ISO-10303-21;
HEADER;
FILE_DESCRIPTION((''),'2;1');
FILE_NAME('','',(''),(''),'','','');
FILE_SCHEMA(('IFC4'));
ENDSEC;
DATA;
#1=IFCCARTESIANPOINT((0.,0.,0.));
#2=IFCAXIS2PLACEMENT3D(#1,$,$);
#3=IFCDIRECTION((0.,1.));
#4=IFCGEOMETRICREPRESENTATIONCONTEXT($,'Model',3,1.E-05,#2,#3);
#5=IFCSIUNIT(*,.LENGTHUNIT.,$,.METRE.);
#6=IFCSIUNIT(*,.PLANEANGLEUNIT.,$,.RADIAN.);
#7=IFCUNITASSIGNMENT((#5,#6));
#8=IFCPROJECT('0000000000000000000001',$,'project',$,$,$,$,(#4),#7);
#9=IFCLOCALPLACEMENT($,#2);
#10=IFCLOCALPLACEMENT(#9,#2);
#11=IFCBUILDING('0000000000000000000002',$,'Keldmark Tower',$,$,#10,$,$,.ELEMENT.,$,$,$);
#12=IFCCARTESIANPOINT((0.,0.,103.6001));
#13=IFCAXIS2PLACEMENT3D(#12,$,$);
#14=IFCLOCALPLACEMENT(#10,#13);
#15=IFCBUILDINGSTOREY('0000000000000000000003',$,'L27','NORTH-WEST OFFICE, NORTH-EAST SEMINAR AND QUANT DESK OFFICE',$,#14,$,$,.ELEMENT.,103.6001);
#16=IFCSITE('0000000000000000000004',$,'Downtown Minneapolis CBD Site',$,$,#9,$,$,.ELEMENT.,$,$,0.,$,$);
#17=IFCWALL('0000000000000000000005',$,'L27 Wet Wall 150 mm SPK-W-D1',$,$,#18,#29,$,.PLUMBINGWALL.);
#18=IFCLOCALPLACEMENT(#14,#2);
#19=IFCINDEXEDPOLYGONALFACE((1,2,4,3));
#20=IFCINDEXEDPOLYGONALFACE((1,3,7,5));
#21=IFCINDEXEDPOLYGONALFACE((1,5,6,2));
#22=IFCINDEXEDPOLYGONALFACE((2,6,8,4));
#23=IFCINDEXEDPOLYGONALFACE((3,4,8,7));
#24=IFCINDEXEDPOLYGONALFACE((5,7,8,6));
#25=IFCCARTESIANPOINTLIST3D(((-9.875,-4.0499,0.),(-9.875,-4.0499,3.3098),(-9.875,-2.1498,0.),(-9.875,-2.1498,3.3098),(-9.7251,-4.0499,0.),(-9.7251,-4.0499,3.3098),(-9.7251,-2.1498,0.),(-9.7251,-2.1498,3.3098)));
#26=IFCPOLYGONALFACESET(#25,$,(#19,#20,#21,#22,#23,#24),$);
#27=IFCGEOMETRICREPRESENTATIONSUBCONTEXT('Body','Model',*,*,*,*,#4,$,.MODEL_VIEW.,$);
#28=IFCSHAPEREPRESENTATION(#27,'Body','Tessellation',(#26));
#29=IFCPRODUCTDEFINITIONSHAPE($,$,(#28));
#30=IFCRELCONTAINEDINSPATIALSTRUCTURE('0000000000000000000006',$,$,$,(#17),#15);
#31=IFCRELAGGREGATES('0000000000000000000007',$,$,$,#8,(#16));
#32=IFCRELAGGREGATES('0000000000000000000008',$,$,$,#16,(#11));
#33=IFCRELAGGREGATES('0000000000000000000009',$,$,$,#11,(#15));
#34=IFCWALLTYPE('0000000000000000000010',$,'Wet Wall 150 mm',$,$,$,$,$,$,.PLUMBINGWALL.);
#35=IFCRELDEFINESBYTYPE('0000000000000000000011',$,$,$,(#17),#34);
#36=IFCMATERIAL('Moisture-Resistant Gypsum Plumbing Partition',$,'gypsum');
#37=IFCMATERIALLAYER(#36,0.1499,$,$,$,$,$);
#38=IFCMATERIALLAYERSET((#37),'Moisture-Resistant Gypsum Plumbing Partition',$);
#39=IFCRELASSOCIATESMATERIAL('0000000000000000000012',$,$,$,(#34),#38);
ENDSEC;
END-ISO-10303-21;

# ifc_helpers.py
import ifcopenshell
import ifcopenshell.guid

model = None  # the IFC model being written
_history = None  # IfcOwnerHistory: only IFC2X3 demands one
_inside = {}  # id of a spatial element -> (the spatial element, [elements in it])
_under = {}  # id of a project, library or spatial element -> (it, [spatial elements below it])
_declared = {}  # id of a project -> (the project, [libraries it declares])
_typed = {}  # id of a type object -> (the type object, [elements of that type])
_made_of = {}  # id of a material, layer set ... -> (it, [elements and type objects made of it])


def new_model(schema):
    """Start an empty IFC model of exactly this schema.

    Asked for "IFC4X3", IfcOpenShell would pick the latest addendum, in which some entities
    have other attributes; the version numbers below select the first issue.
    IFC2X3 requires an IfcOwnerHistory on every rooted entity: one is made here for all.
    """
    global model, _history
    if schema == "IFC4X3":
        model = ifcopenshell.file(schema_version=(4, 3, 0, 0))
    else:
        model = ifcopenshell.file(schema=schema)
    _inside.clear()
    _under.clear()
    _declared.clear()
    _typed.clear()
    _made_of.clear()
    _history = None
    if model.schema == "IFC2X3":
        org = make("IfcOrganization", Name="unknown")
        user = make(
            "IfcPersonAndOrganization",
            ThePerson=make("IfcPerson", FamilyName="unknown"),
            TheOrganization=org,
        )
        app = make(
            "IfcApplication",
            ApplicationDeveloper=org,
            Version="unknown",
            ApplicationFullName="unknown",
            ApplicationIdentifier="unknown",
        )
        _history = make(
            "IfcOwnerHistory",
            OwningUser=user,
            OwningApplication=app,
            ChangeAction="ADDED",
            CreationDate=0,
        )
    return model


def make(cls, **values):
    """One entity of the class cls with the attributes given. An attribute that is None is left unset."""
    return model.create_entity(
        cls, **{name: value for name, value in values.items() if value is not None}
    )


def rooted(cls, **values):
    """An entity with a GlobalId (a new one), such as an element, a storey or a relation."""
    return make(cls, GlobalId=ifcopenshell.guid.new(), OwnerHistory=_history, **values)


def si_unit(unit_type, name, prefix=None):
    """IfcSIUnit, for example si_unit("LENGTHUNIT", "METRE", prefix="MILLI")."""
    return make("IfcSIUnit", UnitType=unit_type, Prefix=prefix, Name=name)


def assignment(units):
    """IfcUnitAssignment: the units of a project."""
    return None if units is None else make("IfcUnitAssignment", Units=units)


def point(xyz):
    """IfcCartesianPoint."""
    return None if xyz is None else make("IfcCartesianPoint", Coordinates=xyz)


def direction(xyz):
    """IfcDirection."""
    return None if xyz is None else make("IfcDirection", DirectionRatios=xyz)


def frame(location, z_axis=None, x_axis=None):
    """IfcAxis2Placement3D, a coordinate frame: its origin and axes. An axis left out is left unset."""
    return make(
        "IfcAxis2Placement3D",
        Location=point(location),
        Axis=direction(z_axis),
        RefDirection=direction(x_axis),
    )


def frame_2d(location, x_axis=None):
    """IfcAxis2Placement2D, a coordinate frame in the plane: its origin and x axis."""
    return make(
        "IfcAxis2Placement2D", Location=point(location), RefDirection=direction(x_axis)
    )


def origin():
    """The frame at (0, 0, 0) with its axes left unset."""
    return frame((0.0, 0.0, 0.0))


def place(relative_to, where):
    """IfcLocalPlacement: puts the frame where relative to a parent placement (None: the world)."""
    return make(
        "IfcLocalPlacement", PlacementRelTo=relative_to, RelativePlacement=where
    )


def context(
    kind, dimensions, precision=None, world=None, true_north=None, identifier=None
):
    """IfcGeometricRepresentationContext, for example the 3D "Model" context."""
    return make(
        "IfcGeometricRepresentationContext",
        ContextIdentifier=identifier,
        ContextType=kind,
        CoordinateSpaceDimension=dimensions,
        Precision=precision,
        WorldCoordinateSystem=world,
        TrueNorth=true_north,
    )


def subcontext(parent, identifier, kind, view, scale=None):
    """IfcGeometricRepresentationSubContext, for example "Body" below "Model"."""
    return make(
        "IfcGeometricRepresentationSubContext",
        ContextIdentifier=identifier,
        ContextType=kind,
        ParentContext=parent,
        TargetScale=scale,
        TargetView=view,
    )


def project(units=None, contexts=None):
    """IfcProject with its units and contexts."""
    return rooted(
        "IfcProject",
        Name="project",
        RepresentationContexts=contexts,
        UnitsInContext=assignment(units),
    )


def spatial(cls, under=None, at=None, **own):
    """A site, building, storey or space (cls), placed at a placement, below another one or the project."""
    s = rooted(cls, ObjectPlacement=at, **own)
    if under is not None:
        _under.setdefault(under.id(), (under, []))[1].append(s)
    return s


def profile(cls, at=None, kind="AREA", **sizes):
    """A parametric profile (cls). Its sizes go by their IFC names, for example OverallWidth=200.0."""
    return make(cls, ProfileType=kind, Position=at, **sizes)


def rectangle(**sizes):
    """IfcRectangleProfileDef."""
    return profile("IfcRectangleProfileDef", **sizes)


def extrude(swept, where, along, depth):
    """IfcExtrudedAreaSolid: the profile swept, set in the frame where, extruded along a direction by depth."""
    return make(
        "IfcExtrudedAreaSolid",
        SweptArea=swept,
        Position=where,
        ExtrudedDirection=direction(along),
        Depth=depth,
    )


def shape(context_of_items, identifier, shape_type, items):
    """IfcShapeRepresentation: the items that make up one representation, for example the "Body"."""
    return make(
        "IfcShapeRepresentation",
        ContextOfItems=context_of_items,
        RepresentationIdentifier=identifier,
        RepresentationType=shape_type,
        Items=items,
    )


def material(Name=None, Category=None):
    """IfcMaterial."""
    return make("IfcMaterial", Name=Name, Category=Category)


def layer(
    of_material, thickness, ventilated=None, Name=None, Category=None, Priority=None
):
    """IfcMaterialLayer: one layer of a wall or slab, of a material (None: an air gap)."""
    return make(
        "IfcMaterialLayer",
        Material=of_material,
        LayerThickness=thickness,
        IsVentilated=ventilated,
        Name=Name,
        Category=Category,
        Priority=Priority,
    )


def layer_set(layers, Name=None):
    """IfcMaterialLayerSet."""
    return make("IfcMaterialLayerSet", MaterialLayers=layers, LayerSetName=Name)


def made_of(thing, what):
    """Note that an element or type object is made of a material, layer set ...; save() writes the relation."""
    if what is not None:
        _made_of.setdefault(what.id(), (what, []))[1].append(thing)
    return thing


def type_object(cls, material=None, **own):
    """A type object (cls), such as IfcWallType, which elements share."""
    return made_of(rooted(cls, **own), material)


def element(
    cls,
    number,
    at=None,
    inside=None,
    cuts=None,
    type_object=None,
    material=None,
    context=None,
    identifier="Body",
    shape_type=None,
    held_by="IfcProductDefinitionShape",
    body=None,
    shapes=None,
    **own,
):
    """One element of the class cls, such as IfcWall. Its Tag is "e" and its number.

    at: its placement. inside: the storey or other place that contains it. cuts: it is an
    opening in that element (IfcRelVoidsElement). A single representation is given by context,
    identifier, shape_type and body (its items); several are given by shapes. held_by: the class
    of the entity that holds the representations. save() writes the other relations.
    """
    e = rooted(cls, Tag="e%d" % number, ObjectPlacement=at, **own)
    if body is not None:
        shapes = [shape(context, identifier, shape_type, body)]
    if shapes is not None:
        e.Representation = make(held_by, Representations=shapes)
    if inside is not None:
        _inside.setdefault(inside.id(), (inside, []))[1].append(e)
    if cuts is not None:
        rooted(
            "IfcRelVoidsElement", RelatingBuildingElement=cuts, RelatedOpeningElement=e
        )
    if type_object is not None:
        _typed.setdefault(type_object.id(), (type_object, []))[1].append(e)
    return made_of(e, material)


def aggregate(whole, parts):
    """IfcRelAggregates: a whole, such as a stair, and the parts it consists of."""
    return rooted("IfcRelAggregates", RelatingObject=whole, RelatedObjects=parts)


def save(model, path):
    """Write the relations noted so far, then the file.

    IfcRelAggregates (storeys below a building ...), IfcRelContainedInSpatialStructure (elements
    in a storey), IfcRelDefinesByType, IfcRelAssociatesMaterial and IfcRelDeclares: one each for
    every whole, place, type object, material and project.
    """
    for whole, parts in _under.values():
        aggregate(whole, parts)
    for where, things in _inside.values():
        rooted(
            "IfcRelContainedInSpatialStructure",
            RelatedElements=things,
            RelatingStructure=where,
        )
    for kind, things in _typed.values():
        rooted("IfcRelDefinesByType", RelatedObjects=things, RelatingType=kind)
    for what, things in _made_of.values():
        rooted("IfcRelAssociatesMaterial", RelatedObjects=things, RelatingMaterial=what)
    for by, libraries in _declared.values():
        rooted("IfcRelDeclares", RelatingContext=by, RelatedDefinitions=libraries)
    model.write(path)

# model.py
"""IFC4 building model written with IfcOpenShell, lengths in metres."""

from ifc_helpers import new_model, si_unit, direction, frame, frame_2d, origin, place, context, subcontext, project, spatial, rectangle, extrude, material, layer, layer_set, type_object, element, save


model = new_model("IFC4")

# Units and contexts
model_context = context("Model", 3, precision=1e-05, world=origin(), true_north=direction((0.0, 1.0)))
body_context = subcontext(model_context, "Body", "Model", "MODEL_VIEW")
ifc_project = project(units=[si_unit("LENGTHUNIT", "METRE"), si_unit("PLANEANGLEUNIT", "RADIAN")], contexts=[model_context])

# Site, building, storey
site_placement = place(None, origin())
site = spatial("IfcSite", under=ifc_project, at=site_placement, Name="Downtown Minneapolis CBD Site", CompositionType="ELEMENT", RefElevation=0.0)
building_placement = place(site_placement, origin())
building = spatial("IfcBuilding", under=site, at=building_placement, Name="Keldmark Tower", CompositionType="ELEMENT")
storey_placement = place(building_placement, frame((0.0, 0.0, 103.6001)))
storey = spatial("IfcBuildingStorey", under=building, at=storey_placement, Name="L27", Description="NORTH-WEST OFFICE, NORTH-EAST SEMINAR AND QUANT DESK OFFICE", CompositionType="ELEMENT", Elevation=103.6001)

# Wall
ifc_material_1 = material(Name="Moisture-Resistant Gypsum Plumbing Partition", Category="gypsum")
ifc_layer_1 = layer(ifc_material_1, 0.1499)
ifc_layer_set_1 = layer_set([ifc_layer_1], Name="Moisture-Resistant Gypsum Plumbing Partition")
wall_type_1 = type_object("IfcWallType", Name="Wet Wall 150 mm", PredefinedType="PLUMBINGWALL", material=ifc_layer_set_1)
wall_1_placement = place(storey_placement, frame((-9.8, -4.05, 0.0), z_axis=(0.0, 0.0, 1.0), x_axis=(0.0, 1.0, 0.0)))
element("IfcWall", 1, at=wall_1_placement, inside=storey, type_object=wall_type_1, Name="L27 Wet Wall 150 mm SPK-W-D1", PredefinedType="PLUMBINGWALL", context=body_context, shape_type="SweptSolid", body=[
    extrude(rectangle(XDim=1.9001, YDim=0.1499, at=frame_2d((0.9502, 0.0))), origin(), (0.0, 0.0, 1.0), 3.3098),
])

save(model, "model.ifc")
